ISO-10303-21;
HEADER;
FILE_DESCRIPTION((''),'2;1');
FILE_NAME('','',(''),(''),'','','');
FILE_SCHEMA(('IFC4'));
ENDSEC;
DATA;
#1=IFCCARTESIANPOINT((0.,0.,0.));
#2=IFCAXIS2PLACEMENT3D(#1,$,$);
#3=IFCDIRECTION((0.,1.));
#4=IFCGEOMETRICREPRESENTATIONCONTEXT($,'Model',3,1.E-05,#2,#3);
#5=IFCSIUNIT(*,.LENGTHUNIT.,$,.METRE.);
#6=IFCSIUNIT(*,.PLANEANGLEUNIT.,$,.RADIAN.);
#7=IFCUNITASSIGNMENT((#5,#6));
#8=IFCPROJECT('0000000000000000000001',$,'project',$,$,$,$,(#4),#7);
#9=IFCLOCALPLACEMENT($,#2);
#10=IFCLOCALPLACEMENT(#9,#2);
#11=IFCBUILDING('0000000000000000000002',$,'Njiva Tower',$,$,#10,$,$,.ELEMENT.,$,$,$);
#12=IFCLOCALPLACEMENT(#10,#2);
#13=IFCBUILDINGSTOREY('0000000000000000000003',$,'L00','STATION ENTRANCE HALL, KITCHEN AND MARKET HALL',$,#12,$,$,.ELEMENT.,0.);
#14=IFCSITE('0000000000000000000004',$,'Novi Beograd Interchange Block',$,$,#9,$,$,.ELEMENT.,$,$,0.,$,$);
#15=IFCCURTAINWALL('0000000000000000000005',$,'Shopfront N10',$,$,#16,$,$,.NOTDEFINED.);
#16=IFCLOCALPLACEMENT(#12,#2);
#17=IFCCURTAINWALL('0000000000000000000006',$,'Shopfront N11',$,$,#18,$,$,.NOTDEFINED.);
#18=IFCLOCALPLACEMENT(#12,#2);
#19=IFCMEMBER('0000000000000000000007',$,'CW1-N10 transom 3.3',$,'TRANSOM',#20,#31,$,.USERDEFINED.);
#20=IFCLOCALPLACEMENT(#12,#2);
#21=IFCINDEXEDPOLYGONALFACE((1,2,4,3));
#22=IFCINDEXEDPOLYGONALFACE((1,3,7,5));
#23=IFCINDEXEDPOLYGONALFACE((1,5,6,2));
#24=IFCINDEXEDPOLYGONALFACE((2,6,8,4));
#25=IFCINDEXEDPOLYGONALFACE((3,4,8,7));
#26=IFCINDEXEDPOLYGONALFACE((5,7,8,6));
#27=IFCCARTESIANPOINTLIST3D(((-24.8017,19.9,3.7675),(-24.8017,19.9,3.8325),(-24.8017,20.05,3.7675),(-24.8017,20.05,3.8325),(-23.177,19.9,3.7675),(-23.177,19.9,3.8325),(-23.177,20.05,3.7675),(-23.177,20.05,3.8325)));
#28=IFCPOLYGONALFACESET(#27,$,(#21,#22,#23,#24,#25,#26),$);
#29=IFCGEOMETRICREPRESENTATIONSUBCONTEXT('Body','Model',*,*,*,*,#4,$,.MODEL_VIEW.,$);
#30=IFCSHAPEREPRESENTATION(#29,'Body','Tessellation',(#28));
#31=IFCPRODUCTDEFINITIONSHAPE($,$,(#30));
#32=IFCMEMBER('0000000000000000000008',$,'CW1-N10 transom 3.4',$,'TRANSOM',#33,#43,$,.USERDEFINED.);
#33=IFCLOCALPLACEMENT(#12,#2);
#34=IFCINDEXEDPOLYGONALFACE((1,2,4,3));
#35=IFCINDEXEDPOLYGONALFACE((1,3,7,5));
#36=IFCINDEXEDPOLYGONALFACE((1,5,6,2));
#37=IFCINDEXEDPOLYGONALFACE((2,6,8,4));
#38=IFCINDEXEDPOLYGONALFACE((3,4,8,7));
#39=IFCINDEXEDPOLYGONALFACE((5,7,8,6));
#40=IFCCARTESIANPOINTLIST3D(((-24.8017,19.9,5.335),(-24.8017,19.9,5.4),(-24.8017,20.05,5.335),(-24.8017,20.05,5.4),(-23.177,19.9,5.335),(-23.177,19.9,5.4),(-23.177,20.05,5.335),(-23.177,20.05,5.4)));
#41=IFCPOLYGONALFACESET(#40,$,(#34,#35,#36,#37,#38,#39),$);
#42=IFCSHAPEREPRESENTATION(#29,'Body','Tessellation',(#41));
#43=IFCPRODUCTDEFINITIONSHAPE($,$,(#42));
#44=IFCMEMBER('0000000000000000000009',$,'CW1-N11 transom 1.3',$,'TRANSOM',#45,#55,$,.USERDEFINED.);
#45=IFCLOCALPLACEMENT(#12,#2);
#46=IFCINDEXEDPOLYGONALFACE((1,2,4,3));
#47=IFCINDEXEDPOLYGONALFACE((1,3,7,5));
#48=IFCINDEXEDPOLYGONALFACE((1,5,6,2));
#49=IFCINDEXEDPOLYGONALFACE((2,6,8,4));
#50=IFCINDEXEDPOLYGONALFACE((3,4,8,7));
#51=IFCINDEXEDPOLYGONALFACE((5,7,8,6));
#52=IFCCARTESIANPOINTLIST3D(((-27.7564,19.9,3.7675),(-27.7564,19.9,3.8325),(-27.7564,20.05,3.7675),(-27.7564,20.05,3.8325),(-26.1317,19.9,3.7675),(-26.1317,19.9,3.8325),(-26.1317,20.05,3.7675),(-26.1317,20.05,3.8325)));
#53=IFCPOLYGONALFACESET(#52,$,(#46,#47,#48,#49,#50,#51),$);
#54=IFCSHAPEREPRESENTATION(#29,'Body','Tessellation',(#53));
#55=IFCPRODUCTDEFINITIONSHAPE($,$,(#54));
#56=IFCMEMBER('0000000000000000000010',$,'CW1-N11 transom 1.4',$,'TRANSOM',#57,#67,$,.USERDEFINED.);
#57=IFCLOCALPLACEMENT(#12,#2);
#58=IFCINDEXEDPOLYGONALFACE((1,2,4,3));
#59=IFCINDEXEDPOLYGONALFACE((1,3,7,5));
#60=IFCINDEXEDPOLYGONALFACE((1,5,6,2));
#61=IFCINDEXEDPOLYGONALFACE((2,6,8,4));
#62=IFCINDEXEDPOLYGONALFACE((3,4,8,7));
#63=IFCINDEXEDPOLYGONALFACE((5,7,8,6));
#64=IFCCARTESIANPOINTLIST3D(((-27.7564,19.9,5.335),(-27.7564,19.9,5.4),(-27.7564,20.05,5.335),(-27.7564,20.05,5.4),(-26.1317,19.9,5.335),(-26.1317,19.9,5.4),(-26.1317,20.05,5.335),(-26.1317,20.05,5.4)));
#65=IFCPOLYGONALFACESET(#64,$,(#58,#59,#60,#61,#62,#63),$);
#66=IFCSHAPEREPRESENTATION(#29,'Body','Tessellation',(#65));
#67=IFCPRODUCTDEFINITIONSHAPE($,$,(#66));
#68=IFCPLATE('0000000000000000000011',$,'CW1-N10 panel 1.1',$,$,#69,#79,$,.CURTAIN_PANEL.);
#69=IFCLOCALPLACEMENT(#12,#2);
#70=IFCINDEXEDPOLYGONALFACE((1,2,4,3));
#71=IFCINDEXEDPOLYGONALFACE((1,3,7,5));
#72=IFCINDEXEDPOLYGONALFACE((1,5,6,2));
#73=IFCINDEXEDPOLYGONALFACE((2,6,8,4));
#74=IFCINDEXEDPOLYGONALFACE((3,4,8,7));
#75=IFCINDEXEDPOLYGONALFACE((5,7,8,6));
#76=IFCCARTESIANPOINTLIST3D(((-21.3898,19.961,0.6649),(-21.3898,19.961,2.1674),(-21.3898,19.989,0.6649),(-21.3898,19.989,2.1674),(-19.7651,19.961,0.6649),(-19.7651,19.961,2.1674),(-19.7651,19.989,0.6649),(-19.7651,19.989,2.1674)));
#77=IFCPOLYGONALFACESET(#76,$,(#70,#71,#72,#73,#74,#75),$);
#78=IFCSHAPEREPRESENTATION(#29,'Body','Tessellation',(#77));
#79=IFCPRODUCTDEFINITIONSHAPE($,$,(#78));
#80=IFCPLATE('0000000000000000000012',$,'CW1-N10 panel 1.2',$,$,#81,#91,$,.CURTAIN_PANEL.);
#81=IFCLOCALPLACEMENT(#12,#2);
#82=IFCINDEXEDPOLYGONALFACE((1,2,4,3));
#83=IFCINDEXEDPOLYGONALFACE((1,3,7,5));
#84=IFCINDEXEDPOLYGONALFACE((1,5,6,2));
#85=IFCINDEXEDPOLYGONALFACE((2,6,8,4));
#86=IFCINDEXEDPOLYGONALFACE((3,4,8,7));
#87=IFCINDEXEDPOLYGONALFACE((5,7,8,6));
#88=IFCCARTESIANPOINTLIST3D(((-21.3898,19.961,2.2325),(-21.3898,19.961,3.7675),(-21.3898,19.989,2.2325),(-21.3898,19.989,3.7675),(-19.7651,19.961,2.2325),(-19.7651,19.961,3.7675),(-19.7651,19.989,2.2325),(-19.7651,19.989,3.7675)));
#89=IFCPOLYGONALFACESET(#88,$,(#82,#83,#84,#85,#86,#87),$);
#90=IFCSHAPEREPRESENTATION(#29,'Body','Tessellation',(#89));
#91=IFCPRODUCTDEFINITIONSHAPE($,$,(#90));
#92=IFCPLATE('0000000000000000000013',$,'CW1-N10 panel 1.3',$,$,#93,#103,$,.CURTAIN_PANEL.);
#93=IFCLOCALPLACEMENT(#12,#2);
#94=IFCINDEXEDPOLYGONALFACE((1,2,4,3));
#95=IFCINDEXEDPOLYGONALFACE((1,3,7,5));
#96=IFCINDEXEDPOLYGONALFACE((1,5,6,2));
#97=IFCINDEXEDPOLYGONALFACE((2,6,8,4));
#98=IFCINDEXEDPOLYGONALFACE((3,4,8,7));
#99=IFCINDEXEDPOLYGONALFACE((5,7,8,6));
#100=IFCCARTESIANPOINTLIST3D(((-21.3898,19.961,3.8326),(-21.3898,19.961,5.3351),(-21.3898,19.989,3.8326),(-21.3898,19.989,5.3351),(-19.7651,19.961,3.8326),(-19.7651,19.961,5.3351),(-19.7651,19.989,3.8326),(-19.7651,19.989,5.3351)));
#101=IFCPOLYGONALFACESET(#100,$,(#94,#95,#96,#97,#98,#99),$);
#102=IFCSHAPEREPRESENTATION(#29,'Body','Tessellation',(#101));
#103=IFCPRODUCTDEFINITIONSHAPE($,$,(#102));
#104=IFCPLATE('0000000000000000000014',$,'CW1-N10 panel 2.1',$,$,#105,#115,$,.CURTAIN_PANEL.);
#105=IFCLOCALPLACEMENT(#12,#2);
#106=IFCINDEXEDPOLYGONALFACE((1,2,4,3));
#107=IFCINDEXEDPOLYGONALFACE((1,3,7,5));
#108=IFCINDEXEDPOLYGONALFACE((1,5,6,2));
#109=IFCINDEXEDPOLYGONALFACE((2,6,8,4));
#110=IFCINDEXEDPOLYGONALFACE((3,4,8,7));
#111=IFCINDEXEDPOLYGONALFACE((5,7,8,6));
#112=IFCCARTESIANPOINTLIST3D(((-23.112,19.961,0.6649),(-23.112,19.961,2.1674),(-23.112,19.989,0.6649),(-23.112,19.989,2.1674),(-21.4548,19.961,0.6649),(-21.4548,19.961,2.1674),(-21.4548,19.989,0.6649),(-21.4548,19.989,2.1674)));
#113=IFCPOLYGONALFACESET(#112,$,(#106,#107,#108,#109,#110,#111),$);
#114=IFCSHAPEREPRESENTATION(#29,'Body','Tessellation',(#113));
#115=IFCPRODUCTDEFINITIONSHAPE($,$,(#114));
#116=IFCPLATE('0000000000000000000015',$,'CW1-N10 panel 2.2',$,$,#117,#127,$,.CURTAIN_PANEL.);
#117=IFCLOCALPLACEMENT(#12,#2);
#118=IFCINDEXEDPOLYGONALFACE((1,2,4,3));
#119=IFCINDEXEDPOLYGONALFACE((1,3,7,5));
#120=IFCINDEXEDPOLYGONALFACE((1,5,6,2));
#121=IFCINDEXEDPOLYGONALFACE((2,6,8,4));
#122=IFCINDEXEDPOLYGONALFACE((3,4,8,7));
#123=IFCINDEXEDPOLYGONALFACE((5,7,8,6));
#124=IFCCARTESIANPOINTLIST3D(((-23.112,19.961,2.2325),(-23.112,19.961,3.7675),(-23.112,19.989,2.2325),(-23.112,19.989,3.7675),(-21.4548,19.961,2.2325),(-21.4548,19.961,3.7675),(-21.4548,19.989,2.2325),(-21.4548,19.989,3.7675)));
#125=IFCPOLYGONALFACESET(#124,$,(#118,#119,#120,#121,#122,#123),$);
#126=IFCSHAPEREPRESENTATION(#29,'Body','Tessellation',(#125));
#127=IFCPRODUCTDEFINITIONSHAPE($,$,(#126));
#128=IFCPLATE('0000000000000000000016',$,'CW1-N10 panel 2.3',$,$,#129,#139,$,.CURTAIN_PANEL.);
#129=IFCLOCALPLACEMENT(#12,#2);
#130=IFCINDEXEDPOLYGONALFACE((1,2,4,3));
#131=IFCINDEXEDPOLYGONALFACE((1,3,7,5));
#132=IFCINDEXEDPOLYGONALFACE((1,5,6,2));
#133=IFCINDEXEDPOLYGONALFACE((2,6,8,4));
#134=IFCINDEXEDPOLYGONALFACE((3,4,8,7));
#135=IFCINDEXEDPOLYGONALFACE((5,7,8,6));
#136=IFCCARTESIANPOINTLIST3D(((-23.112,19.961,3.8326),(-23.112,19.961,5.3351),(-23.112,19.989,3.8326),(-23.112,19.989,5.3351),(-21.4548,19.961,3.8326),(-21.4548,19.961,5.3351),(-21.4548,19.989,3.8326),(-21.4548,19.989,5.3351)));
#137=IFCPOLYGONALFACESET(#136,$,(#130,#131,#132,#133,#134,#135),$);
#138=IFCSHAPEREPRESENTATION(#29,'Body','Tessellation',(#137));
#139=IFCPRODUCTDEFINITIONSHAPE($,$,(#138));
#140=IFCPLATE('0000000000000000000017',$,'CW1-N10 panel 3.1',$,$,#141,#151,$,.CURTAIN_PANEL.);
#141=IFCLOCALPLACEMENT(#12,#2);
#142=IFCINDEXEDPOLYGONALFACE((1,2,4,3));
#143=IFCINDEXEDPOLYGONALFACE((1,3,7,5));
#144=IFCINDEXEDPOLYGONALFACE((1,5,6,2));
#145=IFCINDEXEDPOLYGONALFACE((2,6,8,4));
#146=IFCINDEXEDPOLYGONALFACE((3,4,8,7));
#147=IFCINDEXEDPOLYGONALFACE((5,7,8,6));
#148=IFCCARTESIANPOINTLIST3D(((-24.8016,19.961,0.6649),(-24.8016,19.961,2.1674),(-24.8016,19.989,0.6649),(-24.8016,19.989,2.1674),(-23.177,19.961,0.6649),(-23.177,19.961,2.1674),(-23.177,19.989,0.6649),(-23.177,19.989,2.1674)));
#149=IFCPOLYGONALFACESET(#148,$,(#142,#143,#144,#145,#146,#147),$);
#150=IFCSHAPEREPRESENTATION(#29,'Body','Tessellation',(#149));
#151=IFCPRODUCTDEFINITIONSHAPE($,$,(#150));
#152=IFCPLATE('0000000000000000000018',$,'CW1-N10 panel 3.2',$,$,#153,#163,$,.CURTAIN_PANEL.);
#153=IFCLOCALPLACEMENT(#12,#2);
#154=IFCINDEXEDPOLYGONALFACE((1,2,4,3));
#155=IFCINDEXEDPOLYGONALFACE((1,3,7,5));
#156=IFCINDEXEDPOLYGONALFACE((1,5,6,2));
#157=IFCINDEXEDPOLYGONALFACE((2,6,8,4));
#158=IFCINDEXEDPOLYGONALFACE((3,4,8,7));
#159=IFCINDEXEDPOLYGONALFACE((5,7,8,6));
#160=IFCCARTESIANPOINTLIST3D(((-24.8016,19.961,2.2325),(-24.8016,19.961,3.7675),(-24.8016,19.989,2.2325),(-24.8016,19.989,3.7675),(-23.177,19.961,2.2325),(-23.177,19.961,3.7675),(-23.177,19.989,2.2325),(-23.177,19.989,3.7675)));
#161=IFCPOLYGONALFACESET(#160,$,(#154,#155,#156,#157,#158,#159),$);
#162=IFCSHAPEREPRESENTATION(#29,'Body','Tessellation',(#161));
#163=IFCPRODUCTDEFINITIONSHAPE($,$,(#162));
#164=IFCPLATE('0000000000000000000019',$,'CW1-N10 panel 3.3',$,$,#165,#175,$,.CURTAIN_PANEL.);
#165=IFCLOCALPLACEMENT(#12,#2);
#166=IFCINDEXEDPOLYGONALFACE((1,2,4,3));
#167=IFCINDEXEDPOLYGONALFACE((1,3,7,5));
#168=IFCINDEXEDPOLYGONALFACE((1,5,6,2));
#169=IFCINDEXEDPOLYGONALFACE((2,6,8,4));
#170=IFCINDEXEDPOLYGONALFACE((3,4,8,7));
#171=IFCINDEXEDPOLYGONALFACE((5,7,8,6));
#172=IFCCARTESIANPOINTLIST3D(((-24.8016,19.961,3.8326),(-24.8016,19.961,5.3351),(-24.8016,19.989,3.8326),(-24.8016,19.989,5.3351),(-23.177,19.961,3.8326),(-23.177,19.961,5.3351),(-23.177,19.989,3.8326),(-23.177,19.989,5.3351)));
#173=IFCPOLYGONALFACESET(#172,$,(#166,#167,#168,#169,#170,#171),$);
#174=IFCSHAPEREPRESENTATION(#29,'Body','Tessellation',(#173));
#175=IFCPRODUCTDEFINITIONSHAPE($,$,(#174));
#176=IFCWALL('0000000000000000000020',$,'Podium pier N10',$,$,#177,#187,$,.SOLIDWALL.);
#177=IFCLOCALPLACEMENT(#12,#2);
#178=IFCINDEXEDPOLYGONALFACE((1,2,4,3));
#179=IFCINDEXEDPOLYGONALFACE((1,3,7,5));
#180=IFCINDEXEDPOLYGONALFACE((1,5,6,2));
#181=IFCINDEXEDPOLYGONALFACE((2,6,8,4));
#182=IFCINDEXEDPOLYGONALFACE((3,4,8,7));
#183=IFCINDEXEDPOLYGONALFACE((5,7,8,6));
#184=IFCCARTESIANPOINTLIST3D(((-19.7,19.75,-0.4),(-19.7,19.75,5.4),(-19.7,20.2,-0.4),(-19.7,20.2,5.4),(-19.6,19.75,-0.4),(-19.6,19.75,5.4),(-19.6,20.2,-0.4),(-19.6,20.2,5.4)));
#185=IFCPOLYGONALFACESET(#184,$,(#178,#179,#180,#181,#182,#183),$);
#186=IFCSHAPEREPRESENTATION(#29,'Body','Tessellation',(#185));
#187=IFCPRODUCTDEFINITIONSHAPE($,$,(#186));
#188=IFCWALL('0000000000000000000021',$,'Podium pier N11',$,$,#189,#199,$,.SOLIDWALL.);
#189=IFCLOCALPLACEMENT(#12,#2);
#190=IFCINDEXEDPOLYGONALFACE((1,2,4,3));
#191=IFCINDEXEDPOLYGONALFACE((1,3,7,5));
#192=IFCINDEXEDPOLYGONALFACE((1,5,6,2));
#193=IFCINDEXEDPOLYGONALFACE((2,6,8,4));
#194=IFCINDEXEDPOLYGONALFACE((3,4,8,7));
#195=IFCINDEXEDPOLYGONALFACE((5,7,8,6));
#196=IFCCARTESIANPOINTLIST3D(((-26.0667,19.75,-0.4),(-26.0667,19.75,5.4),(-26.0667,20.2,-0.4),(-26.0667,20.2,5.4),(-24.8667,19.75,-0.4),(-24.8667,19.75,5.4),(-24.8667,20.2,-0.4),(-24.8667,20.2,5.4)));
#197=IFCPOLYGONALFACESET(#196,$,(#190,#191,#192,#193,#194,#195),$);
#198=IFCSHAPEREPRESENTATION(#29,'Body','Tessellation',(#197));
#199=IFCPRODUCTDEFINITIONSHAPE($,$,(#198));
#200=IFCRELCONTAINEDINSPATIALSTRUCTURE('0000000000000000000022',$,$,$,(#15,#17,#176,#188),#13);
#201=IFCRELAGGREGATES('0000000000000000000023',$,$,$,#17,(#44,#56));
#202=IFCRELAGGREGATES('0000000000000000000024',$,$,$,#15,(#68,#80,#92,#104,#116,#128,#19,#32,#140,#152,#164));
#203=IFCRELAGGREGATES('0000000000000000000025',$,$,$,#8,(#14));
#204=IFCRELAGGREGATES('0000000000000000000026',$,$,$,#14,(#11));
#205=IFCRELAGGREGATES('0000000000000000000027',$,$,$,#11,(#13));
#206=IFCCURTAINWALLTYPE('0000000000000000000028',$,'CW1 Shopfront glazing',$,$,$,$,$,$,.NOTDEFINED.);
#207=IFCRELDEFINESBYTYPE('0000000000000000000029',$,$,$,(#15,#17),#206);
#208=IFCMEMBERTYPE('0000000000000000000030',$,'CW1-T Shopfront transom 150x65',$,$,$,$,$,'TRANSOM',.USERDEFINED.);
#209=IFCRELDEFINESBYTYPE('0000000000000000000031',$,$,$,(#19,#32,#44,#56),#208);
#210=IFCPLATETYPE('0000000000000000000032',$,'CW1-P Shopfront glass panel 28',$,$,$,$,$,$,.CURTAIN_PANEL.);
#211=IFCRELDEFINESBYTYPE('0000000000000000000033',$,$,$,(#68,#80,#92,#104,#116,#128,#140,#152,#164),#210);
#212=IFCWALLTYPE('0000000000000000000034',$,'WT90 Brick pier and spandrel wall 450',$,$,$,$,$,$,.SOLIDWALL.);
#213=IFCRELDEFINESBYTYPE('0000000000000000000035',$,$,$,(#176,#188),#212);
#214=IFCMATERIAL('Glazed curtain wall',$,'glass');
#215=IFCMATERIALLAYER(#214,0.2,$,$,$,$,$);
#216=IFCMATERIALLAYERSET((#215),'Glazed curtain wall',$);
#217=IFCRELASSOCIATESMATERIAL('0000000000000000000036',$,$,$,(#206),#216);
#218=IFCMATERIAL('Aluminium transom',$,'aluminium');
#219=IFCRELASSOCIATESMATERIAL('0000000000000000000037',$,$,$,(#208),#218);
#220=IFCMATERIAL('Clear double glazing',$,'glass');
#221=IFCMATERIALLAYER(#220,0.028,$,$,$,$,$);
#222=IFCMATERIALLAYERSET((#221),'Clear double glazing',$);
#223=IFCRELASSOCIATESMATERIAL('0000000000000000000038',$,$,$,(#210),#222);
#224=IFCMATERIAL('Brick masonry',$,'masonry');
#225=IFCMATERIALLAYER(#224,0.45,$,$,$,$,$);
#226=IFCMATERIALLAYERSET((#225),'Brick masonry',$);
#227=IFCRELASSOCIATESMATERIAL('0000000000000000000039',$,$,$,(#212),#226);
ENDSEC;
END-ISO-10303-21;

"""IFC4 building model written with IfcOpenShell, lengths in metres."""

from ifc_helpers import new_model, si_unit, direction, frame, origin, origin_2d, place, context, subcontext, project, spatial, polyline, rectangle, outline, extrude, material, layer, layer_set, material_profile, profile_set, type_object, element, aggregate, save


model = new_model("IFC4")

# Units and contexts
model_context = context("Model", 3, precision=1e-05, world=origin(), true_north=direction((0.0, 1.0)))
body_context = subcontext(model_context, "Body", "Model", "MODEL_VIEW")
ifc_project = project(units=[si_unit("LENGTHUNIT", "METRE"), si_unit("PLANEANGLEUNIT", "RADIAN")], contexts=[model_context])

# Site, building, storey
site_placement = place(None, origin())
site = spatial("IfcSite", under=ifc_project, at=site_placement, Name="Novi Beograd Interchange Block", CompositionType="ELEMENT", RefElevation=0.0)
building_placement = place(site_placement, origin())
building = spatial("IfcBuilding", under=site, at=building_placement, Name="Njiva Tower", CompositionType="ELEMENT")
storey_placement = place(building_placement, origin())
storey = spatial("IfcBuildingStorey", under=building, at=storey_placement, Name="L00", Description="STATION ENTRANCE HALL, KITCHEN AND MARKET HALL", CompositionType="ELEMENT", Elevation=0.0)

# Curtain wall
ifc_material_1 = material(Name="Glazed curtain wall", Category="glass")
ifc_layer_1 = layer(ifc_material_1, 0.2)
ifc_layer_set_1 = layer_set([ifc_layer_1], Name="Glazed curtain wall")
curtain_wall_type = type_object("IfcCurtainWallType", Name="CW1 Shopfront glazing", PredefinedType="NOTDEFINED", material=ifc_layer_set_1)
curtain_wall_1_placement = place(storey_placement, origin())
curtain_wall_1 = element("IfcCurtainWall", 1, at=curtain_wall_1_placement, inside=storey, type_object=curtain_wall_type, Name="Shopfront N10", PredefinedType="NOTDEFINED")

# Curtain wall
curtain_wall_2_placement = place(storey_placement, origin())
curtain_wall_2 = element("IfcCurtainWall", 2, at=curtain_wall_2_placement, inside=storey, type_object=curtain_wall_type, Name="Shopfront N11", PredefinedType="NOTDEFINED")

# Members
ifc_material_2 = material(Name="Aluminium transom", Category="aluminium")
ifc_material_profile_1 = material_profile(ifc_material_2, rectangle(XDim=0.15, YDim=0.065, at=origin_2d()), Name="RECT 150x65")
ifc_profile_set_1 = profile_set([ifc_material_profile_1], Name="Aluminium transom")
member_type_1 = type_object("IfcMemberType", Name="CW1-T Shopfront transom 150x65", ElementType="TRANSOM", PredefinedType="USERDEFINED", material=ifc_profile_set_1)
member_1_placement = place(storey_placement, frame((-23.177, 19.975, 3.8), z_axis=(-1.0, 0.0, 0.0), x_axis=(0.0, -1.0, 0.0)))
member_1 = element("IfcMember", 3, at=member_1_placement, type_object=member_type_1, Name="CW1-N10 transom 3.3", ObjectType="TRANSOM", PredefinedType="USERDEFINED", context=body_context, shape_type="SweptSolid", body=[
    extrude(rectangle(XDim=0.15, YDim=0.065, at=origin_2d()), origin(), (0.0, 0.0, 1.0), 1.6247),
])
member_2_placement = place(storey_placement, frame((-23.177, 19.975, 5.3675), z_axis=(-1.0, 0.0, 0.0), x_axis=(0.0, -1.0, 0.0)))
member_2 = element("IfcMember", 4, at=member_2_placement, type_object=member_type_1, Name="CW1-N10 transom 3.4", ObjectType="TRANSOM", PredefinedType="USERDEFINED", context=body_context, shape_type="SweptSolid", body=[
    extrude(rectangle(XDim=0.15, YDim=0.065, at=origin_2d()), origin(), (0.0, 0.0, 1.0), 1.6247),
])
member_3_placement = place(storey_placement, frame((-26.1317, 19.975, 3.8), z_axis=(-1.0, 0.0, 0.0), x_axis=(0.0, -1.0, 0.0)))
member_3 = element("IfcMember", 5, at=member_3_placement, type_object=member_type_1, Name="CW1-N11 transom 1.3", ObjectType="TRANSOM", PredefinedType="USERDEFINED", context=body_context, shape_type="SweptSolid", body=[
    extrude(rectangle(XDim=0.15, YDim=0.065, at=origin_2d()), origin(), (0.0, 0.0, 1.0), 1.6247),
])
member_4_placement = place(storey_placement, frame((-26.1317, 19.975, 5.3675), z_axis=(-1.0, 0.0, 0.0), x_axis=(0.0, -1.0, 0.0)))
member_4 = element("IfcMember", 6, at=member_4_placement, type_object=member_type_1, Name="CW1-N11 transom 1.4", ObjectType="TRANSOM", PredefinedType="USERDEFINED", context=body_context, shape_type="SweptSolid", body=[
    extrude(rectangle(XDim=0.15, YDim=0.065, at=origin_2d()), origin(), (0.0, 0.0, 1.0), 1.6247),
])
aggregate(curtain_wall_2, [member_3, member_4])

# Plates
ifc_material_3 = material(Name="Clear double glazing", Category="glass")
ifc_layer_2 = layer(ifc_material_3, 0.028)
ifc_layer_set_2 = layer_set([ifc_layer_2], Name="Clear double glazing")
plate_type = type_object("IfcPlateType", Name="CW1-P Shopfront glass panel 28", PredefinedType="CURTAIN_PANEL", material=ifc_layer_set_2)
plate_1_placement = place(storey_placement, frame((-20.5774, 19.975, 0.6649), z_axis=(0.0, 0.0, 1.0), x_axis=(-1.0, 0.0, 0.0)))
plate_1 = element("IfcPlate", 7, at=plate_1_placement, type_object=plate_type, Name="CW1-N10 panel 1.1", PredefinedType="CURTAIN_PANEL", context=body_context, shape_type="SweptSolid", body=[
    extrude(rectangle(XDim=1.6247, YDim=0.028, at=origin_2d()), origin(), (0.0, 0.0, 1.0), 1.5025),
])
plate_2_placement = place(storey_placement, frame((-20.5774, 19.975, 2.2325), z_axis=(0.0, 0.0, 1.0), x_axis=(-1.0, 0.0, 0.0)))
plate_2 = element("IfcPlate", 8, at=plate_2_placement, type_object=plate_type, Name="CW1-N10 panel 1.2", PredefinedType="CURTAIN_PANEL", context=body_context, shape_type="SweptSolid", body=[
    extrude(rectangle(XDim=1.6247, YDim=0.028, at=origin_2d()), origin(), (0.0, 0.0, 1.0), 1.535),
])
plate_3_placement = place(storey_placement, frame((-20.5774, 19.975, 3.8326), z_axis=(0.0, 0.0, 1.0), x_axis=(-1.0, 0.0, 0.0)))
plate_3 = element("IfcPlate", 9, at=plate_3_placement, type_object=plate_type, Name="CW1-N10 panel 1.3", PredefinedType="CURTAIN_PANEL", context=body_context, shape_type="SweptSolid", body=[
    extrude(rectangle(XDim=1.6247, YDim=0.028, at=origin_2d()), origin(), (0.0, 0.0, 1.0), 1.5025),
])
plate_4_placement = place(storey_placement, frame((-22.2834, 19.975, 0.6649), z_axis=(0.0, 0.0, 1.0), x_axis=(-1.0, 0.0, 0.0)))
plate_4 = element("IfcPlate", 10, at=plate_4_placement, type_object=plate_type, Name="CW1-N10 panel 2.1", PredefinedType="CURTAIN_PANEL", context=body_context, shape_type="SweptSolid", body=[
    extrude(rectangle(XDim=1.6572, YDim=0.028, at=origin_2d()), origin(), (0.0, 0.0, 1.0), 1.5025),
])
plate_5_placement = place(storey_placement, frame((-22.2834, 19.975, 2.2325), z_axis=(0.0, 0.0, 1.0), x_axis=(-1.0, 0.0, 0.0)))
plate_5 = element("IfcPlate", 11, at=plate_5_placement, type_object=plate_type, Name="CW1-N10 panel 2.2", PredefinedType="CURTAIN_PANEL", context=body_context, shape_type="SweptSolid", body=[
    extrude(rectangle(XDim=1.6572, YDim=0.028, at=origin_2d()), origin(), (0.0, 0.0, 1.0), 1.535),
])
plate_6_placement = place(storey_placement, frame((-22.2834, 19.975, 3.8326), z_axis=(0.0, 0.0, 1.0), x_axis=(-1.0, 0.0, 0.0)))
plate_6 = element("IfcPlate", 12, at=plate_6_placement, type_object=plate_type, Name="CW1-N10 panel 2.3", PredefinedType="CURTAIN_PANEL", context=body_context, shape_type="SweptSolid", body=[
    extrude(rectangle(XDim=1.6572, YDim=0.028, at=origin_2d()), origin(), (0.0, 0.0, 1.0), 1.5025),
])
plate_7_placement = place(storey_placement, frame((-23.9893, 19.975, 0.6649), z_axis=(0.0, 0.0, 1.0), x_axis=(-1.0, 0.0, 0.0)))
plate_7 = element("IfcPlate", 13, at=plate_7_placement, type_object=plate_type, Name="CW1-N10 panel 3.1", PredefinedType="CURTAIN_PANEL", context=body_context, shape_type="SweptSolid", body=[
    extrude(rectangle(XDim=1.6247, YDim=0.028, at=origin_2d()), origin(), (0.0, 0.0, 1.0), 1.5025),
])
plate_8_placement = place(storey_placement, frame((-23.9893, 19.975, 2.2325), z_axis=(0.0, 0.0, 1.0), x_axis=(-1.0, 0.0, 0.0)))
plate_8 = element("IfcPlate", 14, at=plate_8_placement, type_object=plate_type, Name="CW1-N10 panel 3.2", PredefinedType="CURTAIN_PANEL", context=body_context, shape_type="SweptSolid", body=[
    extrude(rectangle(XDim=1.6247, YDim=0.028, at=origin_2d()), origin(), (0.0, 0.0, 1.0), 1.535),
])
plate_9_placement = place(storey_placement, frame((-23.9893, 19.975, 3.8326), z_axis=(0.0, 0.0, 1.0), x_axis=(-1.0, 0.0, 0.0)))
plate_9 = element("IfcPlate", 15, at=plate_9_placement, type_object=plate_type, Name="CW1-N10 panel 3.3", PredefinedType="CURTAIN_PANEL", context=body_context, shape_type="SweptSolid", body=[
    extrude(rectangle(XDim=1.6247, YDim=0.028, at=origin_2d()), origin(), (0.0, 0.0, 1.0), 1.5025),
])
aggregate(curtain_wall_1, [plate_1, plate_2, plate_3, plate_4, plate_5, plate_6, member_1, member_2, plate_7, plate_8, plate_9])

# Walls
ifc_material_4 = material(Name="Brick masonry", Category="masonry")
ifc_layer_3 = layer(ifc_material_4, 0.45)
ifc_layer_set_3 = layer_set([ifc_layer_3], Name="Brick masonry")
wall_type = type_object("IfcWallType", Name="WT90 Brick pier and spandrel wall 450", PredefinedType="SOLIDWALL", material=ifc_layer_set_3)
wall_1_placement = place(storey_placement, frame((-19.6, 19.975, -0.4), z_axis=(0.0, 0.0, 1.0), x_axis=(-1.0, 0.0, 0.0)))
element("IfcWall", 16, at=wall_1_placement, inside=storey, type_object=wall_type, Name="Podium pier N10", PredefinedType="SOLIDWALL", context=body_context, shape_type="SweptSolid", body=[
    extrude(outline(polyline([(0.0, -0.225), (0.1, -0.225), (0.1, 0.225), (0.0, 0.225), (0.0, -0.225)])), origin(), (0.0, 0.0, 1.0), 5.8),
])
wall_2_placement = place(storey_placement, frame((-24.8667, 19.975, -0.4), z_axis=(0.0, 0.0, 1.0), x_axis=(-1.0, 0.0, 0.0)))
element("IfcWall", 17, at=wall_2_placement, inside=storey, type_object=wall_type, Name="Podium pier N11", PredefinedType="SOLIDWALL", context=body_context, shape_type="SweptSolid", body=[
    extrude(outline(polyline([(0.0, -0.225), (1.2, -0.225), (1.2, 0.225), (0.0, 0.225), (0.0, -0.225)])), origin(), (0.0, 0.0, 1.0), 5.8),
])

save(model, "model.ifc")
